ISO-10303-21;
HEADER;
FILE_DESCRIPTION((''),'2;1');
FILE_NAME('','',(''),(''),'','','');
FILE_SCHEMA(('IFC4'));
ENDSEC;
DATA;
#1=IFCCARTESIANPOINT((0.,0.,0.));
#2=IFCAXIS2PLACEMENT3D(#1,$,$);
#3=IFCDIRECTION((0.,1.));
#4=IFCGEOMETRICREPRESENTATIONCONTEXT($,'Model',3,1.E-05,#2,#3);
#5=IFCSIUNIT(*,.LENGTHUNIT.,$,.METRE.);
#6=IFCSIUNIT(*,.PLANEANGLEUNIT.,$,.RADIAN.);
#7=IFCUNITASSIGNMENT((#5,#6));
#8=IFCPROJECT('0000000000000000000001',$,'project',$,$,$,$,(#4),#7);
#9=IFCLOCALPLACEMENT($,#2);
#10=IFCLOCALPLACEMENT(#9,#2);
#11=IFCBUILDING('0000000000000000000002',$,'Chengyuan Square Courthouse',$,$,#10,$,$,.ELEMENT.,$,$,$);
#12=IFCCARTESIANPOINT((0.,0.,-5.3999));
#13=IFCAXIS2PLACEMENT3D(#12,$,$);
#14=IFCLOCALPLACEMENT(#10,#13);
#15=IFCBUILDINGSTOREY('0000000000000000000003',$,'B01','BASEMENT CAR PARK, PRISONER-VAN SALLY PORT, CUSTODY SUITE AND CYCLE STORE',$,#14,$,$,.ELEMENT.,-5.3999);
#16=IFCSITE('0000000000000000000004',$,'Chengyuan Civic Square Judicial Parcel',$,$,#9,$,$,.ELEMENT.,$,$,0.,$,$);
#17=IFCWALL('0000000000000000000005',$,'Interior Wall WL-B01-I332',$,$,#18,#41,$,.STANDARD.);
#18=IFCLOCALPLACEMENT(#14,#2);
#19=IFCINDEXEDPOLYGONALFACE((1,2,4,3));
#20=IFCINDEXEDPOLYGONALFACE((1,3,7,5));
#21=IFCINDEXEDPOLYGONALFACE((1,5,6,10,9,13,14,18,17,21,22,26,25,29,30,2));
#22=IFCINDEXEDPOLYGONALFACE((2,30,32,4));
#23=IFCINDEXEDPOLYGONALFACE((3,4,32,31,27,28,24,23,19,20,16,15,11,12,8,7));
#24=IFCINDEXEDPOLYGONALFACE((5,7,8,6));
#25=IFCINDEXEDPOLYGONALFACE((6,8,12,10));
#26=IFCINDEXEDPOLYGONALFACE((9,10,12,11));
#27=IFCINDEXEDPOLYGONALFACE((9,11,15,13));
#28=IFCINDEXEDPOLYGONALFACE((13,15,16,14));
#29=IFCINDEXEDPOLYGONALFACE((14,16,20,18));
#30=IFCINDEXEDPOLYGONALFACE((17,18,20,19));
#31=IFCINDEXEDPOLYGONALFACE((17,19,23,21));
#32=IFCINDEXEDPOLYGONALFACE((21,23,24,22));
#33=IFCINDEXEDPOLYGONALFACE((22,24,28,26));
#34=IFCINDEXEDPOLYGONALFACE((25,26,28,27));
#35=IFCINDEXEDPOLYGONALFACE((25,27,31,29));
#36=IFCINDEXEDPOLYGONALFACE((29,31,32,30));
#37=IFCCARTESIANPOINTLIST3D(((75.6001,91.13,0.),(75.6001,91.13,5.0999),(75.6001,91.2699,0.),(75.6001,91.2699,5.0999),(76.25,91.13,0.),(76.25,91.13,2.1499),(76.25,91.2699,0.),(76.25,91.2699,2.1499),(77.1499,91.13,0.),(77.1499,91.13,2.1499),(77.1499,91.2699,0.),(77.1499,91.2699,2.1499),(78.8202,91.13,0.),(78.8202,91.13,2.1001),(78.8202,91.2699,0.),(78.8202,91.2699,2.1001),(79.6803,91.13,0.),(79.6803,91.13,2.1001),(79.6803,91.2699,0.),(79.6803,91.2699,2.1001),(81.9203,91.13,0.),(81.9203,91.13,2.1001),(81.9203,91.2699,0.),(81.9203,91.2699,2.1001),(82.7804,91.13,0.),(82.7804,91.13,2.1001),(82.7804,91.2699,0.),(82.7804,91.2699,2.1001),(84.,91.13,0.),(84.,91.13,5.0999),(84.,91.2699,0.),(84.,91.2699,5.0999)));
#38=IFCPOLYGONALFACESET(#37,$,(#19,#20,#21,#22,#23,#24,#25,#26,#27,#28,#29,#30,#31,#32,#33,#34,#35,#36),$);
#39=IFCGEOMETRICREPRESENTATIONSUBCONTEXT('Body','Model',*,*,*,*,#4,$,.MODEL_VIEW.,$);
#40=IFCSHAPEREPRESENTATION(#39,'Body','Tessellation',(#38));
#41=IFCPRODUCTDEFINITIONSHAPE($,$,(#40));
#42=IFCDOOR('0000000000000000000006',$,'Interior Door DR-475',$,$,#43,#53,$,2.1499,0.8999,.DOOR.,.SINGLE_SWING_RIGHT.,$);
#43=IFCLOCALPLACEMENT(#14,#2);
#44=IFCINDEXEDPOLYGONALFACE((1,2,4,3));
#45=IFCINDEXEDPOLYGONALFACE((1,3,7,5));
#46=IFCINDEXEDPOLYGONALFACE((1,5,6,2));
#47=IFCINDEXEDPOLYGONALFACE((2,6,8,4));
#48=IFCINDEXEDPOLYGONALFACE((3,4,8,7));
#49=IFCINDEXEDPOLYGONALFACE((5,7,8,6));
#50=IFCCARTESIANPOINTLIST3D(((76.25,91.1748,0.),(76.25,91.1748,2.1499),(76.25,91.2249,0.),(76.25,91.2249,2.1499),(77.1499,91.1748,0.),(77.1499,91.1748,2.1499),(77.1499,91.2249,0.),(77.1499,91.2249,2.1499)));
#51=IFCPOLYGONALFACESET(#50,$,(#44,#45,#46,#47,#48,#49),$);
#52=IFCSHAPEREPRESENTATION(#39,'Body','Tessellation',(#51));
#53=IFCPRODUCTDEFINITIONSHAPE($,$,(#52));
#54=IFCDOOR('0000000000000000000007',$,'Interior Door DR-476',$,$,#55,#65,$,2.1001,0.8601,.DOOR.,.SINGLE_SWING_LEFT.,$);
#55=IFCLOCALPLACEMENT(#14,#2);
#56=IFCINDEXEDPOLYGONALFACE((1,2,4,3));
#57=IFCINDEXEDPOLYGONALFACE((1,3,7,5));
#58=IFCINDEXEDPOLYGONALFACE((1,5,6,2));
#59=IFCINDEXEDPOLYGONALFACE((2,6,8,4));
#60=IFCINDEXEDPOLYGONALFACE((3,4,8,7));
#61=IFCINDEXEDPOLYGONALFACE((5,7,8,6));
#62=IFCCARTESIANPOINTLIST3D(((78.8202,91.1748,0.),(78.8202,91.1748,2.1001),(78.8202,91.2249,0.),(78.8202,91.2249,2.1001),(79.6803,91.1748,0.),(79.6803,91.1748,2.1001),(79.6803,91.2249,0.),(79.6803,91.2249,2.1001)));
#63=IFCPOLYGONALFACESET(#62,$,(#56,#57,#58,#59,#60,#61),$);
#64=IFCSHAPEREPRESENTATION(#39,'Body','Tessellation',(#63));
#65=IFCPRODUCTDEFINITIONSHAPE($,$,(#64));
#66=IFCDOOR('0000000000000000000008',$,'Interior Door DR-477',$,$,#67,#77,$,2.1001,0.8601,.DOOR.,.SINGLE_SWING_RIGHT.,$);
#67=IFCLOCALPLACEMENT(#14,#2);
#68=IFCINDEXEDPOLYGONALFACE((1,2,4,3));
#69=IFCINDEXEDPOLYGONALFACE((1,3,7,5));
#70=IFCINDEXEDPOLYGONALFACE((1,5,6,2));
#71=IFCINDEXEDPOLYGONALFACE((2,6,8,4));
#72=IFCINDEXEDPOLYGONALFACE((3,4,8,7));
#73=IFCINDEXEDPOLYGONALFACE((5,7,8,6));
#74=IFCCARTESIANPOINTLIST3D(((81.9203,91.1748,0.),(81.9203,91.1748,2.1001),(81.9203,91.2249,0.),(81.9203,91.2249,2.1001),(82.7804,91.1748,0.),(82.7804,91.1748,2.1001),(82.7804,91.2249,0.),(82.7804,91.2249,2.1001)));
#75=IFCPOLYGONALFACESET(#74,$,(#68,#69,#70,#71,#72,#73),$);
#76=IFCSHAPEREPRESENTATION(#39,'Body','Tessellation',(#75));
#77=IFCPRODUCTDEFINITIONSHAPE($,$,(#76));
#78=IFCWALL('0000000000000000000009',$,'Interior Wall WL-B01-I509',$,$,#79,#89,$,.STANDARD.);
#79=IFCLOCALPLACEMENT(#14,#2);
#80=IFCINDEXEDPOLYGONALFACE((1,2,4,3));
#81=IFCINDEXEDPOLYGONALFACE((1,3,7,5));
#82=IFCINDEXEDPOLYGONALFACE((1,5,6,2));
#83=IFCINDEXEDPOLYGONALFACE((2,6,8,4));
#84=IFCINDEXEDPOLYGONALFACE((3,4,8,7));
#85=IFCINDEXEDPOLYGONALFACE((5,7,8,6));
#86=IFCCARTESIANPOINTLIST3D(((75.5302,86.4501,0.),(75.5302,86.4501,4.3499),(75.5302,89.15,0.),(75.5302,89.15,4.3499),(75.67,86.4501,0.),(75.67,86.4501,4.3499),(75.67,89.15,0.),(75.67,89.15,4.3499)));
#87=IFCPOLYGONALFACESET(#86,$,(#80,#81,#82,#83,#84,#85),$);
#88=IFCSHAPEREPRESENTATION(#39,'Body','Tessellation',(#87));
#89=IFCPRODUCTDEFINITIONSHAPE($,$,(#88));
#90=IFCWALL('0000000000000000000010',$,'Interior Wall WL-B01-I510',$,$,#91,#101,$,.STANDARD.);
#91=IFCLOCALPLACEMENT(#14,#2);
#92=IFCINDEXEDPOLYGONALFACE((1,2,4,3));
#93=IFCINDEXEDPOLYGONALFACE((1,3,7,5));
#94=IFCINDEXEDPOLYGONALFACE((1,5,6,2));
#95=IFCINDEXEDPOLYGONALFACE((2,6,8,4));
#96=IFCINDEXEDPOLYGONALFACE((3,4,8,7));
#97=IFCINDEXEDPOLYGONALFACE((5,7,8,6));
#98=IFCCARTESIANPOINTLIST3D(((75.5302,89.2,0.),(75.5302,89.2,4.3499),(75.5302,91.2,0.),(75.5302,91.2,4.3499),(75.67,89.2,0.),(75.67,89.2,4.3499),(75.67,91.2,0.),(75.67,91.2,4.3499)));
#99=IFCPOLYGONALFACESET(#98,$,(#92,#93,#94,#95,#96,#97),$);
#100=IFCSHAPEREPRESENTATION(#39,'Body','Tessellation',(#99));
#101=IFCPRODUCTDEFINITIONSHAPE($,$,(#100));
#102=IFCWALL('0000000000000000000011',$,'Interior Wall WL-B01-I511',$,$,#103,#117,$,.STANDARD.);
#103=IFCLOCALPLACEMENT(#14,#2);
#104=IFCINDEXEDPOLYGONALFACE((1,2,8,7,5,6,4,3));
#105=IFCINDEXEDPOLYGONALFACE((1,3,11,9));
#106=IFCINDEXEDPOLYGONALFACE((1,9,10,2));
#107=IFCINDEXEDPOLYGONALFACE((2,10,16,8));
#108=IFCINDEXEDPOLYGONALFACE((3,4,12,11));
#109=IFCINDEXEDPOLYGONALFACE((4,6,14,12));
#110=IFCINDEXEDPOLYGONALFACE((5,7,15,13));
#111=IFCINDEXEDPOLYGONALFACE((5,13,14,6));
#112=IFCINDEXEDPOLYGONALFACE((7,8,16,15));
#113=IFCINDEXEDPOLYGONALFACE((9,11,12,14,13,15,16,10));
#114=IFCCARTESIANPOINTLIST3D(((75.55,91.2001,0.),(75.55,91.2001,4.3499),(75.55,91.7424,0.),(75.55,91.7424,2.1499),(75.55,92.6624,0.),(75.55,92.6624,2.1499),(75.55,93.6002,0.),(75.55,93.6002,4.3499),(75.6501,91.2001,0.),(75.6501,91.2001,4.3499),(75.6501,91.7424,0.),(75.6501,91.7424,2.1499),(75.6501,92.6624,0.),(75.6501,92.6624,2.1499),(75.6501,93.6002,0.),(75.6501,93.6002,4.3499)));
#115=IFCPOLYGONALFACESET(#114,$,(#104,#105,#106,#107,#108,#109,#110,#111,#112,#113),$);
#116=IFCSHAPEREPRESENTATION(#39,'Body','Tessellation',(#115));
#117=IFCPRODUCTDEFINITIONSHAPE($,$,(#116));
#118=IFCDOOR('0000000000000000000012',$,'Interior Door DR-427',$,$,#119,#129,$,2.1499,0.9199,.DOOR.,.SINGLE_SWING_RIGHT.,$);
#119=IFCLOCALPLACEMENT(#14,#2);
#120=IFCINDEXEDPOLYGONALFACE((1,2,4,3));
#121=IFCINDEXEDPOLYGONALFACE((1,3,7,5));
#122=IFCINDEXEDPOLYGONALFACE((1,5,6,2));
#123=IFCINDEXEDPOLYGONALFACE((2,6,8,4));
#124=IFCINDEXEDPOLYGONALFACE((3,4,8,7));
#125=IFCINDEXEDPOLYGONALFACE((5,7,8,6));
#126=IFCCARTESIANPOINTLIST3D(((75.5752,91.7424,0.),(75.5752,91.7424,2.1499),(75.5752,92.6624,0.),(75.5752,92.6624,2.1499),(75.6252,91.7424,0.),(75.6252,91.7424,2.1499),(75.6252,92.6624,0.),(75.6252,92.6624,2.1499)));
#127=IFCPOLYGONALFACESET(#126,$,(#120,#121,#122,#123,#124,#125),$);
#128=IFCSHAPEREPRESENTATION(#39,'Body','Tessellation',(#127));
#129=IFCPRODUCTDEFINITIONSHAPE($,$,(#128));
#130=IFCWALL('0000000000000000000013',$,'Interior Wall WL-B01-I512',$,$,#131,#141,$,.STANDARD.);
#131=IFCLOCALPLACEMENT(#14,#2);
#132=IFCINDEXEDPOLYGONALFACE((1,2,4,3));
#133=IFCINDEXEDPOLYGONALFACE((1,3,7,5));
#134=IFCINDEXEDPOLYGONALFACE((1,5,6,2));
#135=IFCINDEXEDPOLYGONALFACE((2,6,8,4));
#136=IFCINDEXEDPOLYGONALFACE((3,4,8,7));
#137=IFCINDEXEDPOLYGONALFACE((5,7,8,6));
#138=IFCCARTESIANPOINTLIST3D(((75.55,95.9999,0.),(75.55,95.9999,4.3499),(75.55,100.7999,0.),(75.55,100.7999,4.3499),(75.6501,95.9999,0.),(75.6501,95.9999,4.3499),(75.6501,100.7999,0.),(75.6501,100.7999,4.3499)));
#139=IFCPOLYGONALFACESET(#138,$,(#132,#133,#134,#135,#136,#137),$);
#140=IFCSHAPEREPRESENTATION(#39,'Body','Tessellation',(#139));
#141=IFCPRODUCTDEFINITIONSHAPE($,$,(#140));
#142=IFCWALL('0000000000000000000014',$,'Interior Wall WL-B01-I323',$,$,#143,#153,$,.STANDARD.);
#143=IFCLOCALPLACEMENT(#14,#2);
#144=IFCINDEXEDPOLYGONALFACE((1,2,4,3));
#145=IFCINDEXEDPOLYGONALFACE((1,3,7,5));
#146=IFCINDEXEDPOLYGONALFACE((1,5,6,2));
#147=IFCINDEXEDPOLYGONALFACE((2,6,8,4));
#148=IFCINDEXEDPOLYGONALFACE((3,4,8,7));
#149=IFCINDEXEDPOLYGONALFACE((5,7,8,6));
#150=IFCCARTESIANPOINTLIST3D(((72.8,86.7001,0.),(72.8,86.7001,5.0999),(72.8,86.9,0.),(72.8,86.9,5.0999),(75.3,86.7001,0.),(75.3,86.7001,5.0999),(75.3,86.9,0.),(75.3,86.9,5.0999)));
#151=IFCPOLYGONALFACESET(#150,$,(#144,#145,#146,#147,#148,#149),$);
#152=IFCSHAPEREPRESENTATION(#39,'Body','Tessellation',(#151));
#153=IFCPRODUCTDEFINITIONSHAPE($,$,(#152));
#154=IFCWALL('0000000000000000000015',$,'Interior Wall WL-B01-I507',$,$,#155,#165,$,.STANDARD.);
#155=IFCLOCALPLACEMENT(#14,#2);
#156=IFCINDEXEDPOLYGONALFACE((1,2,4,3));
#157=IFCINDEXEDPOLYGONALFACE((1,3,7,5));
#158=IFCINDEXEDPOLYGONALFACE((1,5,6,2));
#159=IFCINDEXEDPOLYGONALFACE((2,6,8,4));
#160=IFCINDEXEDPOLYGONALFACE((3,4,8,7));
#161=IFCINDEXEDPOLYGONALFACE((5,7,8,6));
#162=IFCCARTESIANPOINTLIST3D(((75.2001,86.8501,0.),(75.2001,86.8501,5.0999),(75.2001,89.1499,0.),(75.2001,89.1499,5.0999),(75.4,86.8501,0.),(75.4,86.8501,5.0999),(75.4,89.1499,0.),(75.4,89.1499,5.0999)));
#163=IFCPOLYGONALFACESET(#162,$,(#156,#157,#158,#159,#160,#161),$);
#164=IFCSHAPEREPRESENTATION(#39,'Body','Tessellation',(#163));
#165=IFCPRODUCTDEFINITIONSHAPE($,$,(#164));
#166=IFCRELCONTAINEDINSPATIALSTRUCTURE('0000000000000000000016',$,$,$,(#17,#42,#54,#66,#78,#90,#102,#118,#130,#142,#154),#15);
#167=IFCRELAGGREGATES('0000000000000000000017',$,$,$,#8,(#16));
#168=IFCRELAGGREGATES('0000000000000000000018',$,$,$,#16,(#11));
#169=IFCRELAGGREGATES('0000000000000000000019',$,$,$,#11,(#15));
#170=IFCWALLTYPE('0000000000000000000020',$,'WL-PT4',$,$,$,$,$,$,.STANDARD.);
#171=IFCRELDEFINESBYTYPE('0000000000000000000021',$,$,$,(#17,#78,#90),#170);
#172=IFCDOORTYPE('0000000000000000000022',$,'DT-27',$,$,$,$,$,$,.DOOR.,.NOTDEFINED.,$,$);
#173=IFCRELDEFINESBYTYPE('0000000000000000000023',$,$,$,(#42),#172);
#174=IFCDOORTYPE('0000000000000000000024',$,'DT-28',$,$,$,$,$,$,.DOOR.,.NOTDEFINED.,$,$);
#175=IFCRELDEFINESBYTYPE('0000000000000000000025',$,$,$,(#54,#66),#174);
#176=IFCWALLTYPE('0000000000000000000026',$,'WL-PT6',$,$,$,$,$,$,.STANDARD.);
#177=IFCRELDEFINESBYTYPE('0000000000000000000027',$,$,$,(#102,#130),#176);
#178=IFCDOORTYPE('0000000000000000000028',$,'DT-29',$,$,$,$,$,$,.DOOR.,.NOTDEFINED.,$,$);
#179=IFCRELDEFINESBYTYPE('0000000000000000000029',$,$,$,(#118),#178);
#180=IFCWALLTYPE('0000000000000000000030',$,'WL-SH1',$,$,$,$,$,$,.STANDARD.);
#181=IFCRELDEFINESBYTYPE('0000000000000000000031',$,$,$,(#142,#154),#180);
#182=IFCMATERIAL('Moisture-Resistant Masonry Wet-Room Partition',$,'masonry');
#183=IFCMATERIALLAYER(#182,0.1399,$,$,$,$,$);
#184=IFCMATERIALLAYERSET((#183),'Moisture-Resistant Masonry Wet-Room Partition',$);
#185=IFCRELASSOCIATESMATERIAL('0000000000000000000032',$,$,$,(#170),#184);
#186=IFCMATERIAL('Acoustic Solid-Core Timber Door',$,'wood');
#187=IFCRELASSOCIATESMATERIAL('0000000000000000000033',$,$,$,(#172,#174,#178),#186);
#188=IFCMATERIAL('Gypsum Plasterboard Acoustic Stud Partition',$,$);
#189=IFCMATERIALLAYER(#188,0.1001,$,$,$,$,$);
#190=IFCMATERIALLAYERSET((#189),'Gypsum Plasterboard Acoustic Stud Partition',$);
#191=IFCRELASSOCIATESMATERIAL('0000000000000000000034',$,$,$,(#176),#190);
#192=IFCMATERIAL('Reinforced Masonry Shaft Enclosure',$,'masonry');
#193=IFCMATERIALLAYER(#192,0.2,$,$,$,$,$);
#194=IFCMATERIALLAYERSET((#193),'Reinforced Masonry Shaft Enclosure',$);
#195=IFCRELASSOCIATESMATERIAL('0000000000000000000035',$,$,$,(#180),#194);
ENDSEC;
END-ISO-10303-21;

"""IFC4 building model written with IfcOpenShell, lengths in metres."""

from ifc_helpers import new_model, si_unit, direction, frame, frame_2d, origin, place, context, subcontext, project, spatial, rectangle, extrude, material, layer, layer_set, type_object, element, fill, save


model = new_model("IFC4")

# Units and contexts
model_context = context("Model", 3, precision=1e-05, world=origin(), true_north=direction((0.0, 1.0)))
body_context = subcontext(model_context, "Body", "Model", "MODEL_VIEW")
ifc_project = project(units=[si_unit("LENGTHUNIT", "METRE"), si_unit("PLANEANGLEUNIT", "RADIAN")], contexts=[model_context])

# Site, building, storey
site_placement = place(None, origin())
site = spatial("IfcSite", under=ifc_project, at=site_placement, Name="Chengyuan Civic Square Judicial Parcel", CompositionType="ELEMENT", RefElevation=0.0)
building_placement = place(site_placement, origin())
building = spatial("IfcBuilding", under=site, at=building_placement, Name="Chengyuan Square Courthouse", CompositionType="ELEMENT")
storey_placement = place(building_placement, frame((0.0, 0.0, -5.3999)))
storey = spatial("IfcBuildingStorey", under=building, at=storey_placement, Name="B01", Description="BASEMENT CAR PARK, PRISONER-VAN SALLY PORT, CUSTODY SUITE AND CYCLE STORE", CompositionType="ELEMENT", Elevation=-5.3999)

# Wall, openings, doors
ifc_material_1 = material(Name="Moisture-Resistant Masonry Wet-Room Partition", Category="masonry")
ifc_layer_1 = layer(ifc_material_1, 0.1399)
ifc_layer_set_1 = layer_set([ifc_layer_1], Name="Moisture-Resistant Masonry Wet-Room Partition")
wall_type_1 = type_object("IfcWallType", Name="WL-PT4", PredefinedType="STANDARD", material=ifc_layer_set_1)
wall_1_placement = place(storey_placement, frame((75.6001, 91.2, 0.0), z_axis=(0.0, 0.0, 1.0), x_axis=(1.0, 0.0, 0.0)))
wall_1 = element("IfcWall", 1, at=wall_1_placement, inside=storey, type_object=wall_type_1, Name="Interior Wall WL-B01-I332", PredefinedType="STANDARD", context=body_context, shape_type="SweptSolid", body=[
    extrude(rectangle(XDim=8.3999, YDim=0.1399, at=frame_2d((4.2, 0.0))), origin(), (0.0, 0.0, 1.0), 5.0999),
])
opening_1_placement = place(wall_1_placement, frame((0.6499, 0.0, 0.0)))
opening_1 = element("IfcOpeningElement", 2, at=opening_1_placement, cuts=wall_1, PredefinedType="OPENING", context=body_context, shape_type="SweptSolid", body=[
    extrude(rectangle(XDim=0.8999, YDim=2.1499, at=frame_2d((0.45, 1.075))), frame((0.0, 0.082, 0.0), z_axis=(0.0, -1.0, 0.0), x_axis=(1.0, 0.0, 0.0)), (0.0, 0.0, 1.0), 0.1638),
])
opening_2_placement = place(wall_1_placement, frame((3.22, 0.0, 0.0)))
opening_2 = element("IfcOpeningElement", 3, at=opening_2_placement, cuts=wall_1, PredefinedType="OPENING", context=body_context, shape_type="SweptSolid", body=[
    extrude(rectangle(XDim=0.8601, YDim=2.1001, at=frame_2d((0.4302, 1.05))), frame((0.0, 0.082, 0.0), z_axis=(0.0, -1.0, 0.0), x_axis=(1.0, 0.0, 0.0)), (0.0, 0.0, 1.0), 0.1638),
])
opening_3_placement = place(wall_1_placement, frame((6.3201, 0.0, 0.0)))
opening_3 = element("IfcOpeningElement", 4, at=opening_3_placement, cuts=wall_1, PredefinedType="OPENING", context=body_context, shape_type="SweptSolid", body=[
    extrude(rectangle(XDim=0.8601, YDim=2.1001, at=frame_2d((0.4302, 1.05))), frame((0.0, 0.082, 0.0), z_axis=(0.0, -1.0, 0.0), x_axis=(1.0, 0.0, 0.0)), (0.0, 0.0, 1.0), 0.1638),
])
ifc_material_2 = material(Name="Acoustic Solid-Core Timber Door", Category="wood")
door_type_1 = type_object("IfcDoorType", Name="DT-27", OperationType="NOTDEFINED", PredefinedType="DOOR", material=ifc_material_2)
door_1_placement = place(opening_1_placement, origin())
door_1 = element("IfcDoor", 5, at=door_1_placement, inside=storey, type_object=door_type_1, Name="Interior Door DR-475", OperationType="SINGLE_SWING_RIGHT", OverallHeight=2.1499, OverallWidth=0.8999, PredefinedType="DOOR", context=body_context, shape_type="SweptSolid", body=[
    extrude(rectangle(XDim=0.8999, YDim=2.1499, at=frame_2d((0.45, 1.075))), frame((0.0, 0.0249, 0.0), z_axis=(0.0, -1.0, 0.0), x_axis=(1.0, 0.0, 0.0)), (0.0, 0.0, 1.0), 0.05),
])
fill(opening_1, door_1)
door_type_2 = type_object("IfcDoorType", Name="DT-28", OperationType="NOTDEFINED", PredefinedType="DOOR", material=ifc_material_2)
door_2_placement = place(opening_2_placement, origin())
door_2 = element("IfcDoor", 6, at=door_2_placement, inside=storey, type_object=door_type_2, Name="Interior Door DR-476", OperationType="SINGLE_SWING_LEFT", OverallHeight=2.1001, OverallWidth=0.8601, PredefinedType="DOOR", context=body_context, shape_type="SweptSolid", body=[
    extrude(rectangle(XDim=0.8601, YDim=2.1001, at=frame_2d((0.4302, 1.05))), frame((0.0, 0.0249, 0.0), z_axis=(0.0, -1.0, 0.0), x_axis=(1.0, 0.0, 0.0)), (0.0, 0.0, 1.0), 0.05),
])
fill(opening_2, door_2)
door_3_placement = place(opening_3_placement, origin())
door_3 = element("IfcDoor", 7, at=door_3_placement, inside=storey, type_object=door_type_2, Name="Interior Door DR-477", OperationType="SINGLE_SWING_RIGHT", OverallHeight=2.1001, OverallWidth=0.8601, PredefinedType="DOOR", context=body_context, shape_type="SweptSolid", body=[
    extrude(rectangle(XDim=0.8601, YDim=2.1001, at=frame_2d((0.4302, 1.05))), frame((0.0, 0.0249, 0.0), z_axis=(0.0, -1.0, 0.0), x_axis=(1.0, 0.0, 0.0)), (0.0, 0.0, 1.0), 0.05),
])
fill(opening_3, door_3)

# Walls
wall_2_placement = place(storey_placement, frame((75.6001, 86.45, 0.0), z_axis=(0.0, 0.0, 1.0), x_axis=(0.0, 1.0, 0.0)))
element("IfcWall", 8, at=wall_2_placement, inside=storey, type_object=wall_type_1, Name="Interior Wall WL-B01-I509", PredefinedType="STANDARD", context=body_context, shape_type="SweptSolid", body=[
    extrude(rectangle(XDim=2.7, YDim=0.1399, at=frame_2d((1.3501, 0.0))), origin(), (0.0, 0.0, 1.0), 4.3499),
])
wall_3_placement = place(storey_placement, frame((75.6001, 89.2, 0.0), z_axis=(0.0, 0.0, 1.0), x_axis=(0.0, 1.0, 0.0)))
element("IfcWall", 9, at=wall_3_placement, inside=storey, type_object=wall_type_1, Name="Interior Wall WL-B01-I510", PredefinedType="STANDARD", context=body_context, shape_type="SweptSolid", body=[
    extrude(rectangle(XDim=2.0, YDim=0.1399, at=frame_2d((1.0, 0.0))), origin(), (0.0, 0.0, 1.0), 4.3499),
])

# Wall, opening, door
ifc_material_3 = material(Name="Gypsum Plasterboard Acoustic Stud Partition")
ifc_layer_2 = layer(ifc_material_3, 0.1001)
ifc_layer_set_2 = layer_set([ifc_layer_2], Name="Gypsum Plasterboard Acoustic Stud Partition")
wall_type_2 = type_object("IfcWallType", Name="WL-PT6", PredefinedType="STANDARD", material=ifc_layer_set_2)
wall_4_placement = place(storey_placement, frame((75.6001, 91.2, 0.0), z_axis=(0.0, 0.0, 1.0), x_axis=(0.0, 1.0, 0.0)))
wall_4 = element("IfcWall", 10, at=wall_4_placement, inside=storey, type_object=wall_type_2, Name="Interior Wall WL-B01-I511", PredefinedType="STANDARD", context=body_context, shape_type="SweptSolid", body=[
    extrude(rectangle(XDim=2.4001, YDim=0.1001, at=frame_2d((1.2002, 0.0))), origin(), (0.0, 0.0, 1.0), 4.3499),
])
opening_4_placement = place(wall_4_placement, frame((0.5425, 0.0, 0.0)))
opening_4 = element("IfcOpeningElement", 11, at=opening_4_placement, cuts=wall_4, PredefinedType="OPENING", context=body_context, shape_type="SweptSolid", body=[
    extrude(rectangle(XDim=0.9199, YDim=2.1499, at=frame_2d((0.46, 1.075))), frame((0.0, 0.062, 0.0), z_axis=(0.0, -1.0, 0.0), x_axis=(1.0, 0.0, 0.0)), (0.0, 0.0, 1.0), 0.124),
])
door_type_3 = type_object("IfcDoorType", Name="DT-29", OperationType="NOTDEFINED", PredefinedType="DOOR", material=ifc_material_2)
door_4_placement = place(opening_4_placement, origin())
door_4 = element("IfcDoor", 12, at=door_4_placement, inside=storey, type_object=door_type_3, Name="Interior Door DR-427", OperationType="SINGLE_SWING_RIGHT", OverallHeight=2.1499, OverallWidth=0.9199, PredefinedType="DOOR", context=body_context, shape_type="SweptSolid", body=[
    extrude(rectangle(XDim=0.9199, YDim=2.1499, at=frame_2d((0.46, 1.075))), frame((0.0, 0.0249, 0.0), z_axis=(0.0, -1.0, 0.0), x_axis=(1.0, 0.0, 0.0)), (0.0, 0.0, 1.0), 0.05),
])
fill(opening_4, door_4)

# Walls
wall_5_placement = place(storey_placement, frame((75.6001, 96.0, 0.0), z_axis=(0.0, 0.0, 1.0), x_axis=(0.0, 1.0, 0.0)))
element("IfcWall", 13, at=wall_5_placement, inside=storey, type_object=wall_type_2, Name="Interior Wall WL-B01-I512", PredefinedType="STANDARD", context=body_context, shape_type="SweptSolid", body=[
    extrude(rectangle(XDim=4.8, YDim=0.1001, at=frame_2d((2.3999, 0.0))), origin(), (0.0, 0.0, 1.0), 4.3499),
])
ifc_material_4 = material(Name="Reinforced Masonry Shaft Enclosure", Category="masonry")
ifc_layer_3 = layer(ifc_material_4, 0.2)
ifc_layer_set_3 = layer_set([ifc_layer_3], Name="Reinforced Masonry Shaft Enclosure")
wall_type_3 = type_object("IfcWallType", Name="WL-SH1", PredefinedType="STANDARD", material=ifc_layer_set_3)
wall_6_placement = place(storey_placement, frame((72.8, 86.8, 0.0), z_axis=(0.0, 0.0, 1.0), x_axis=(1.0, 0.0, 0.0)))
element("IfcWall", 14, at=wall_6_placement, inside=storey, type_object=wall_type_3, Name="Interior Wall WL-B01-I323", PredefinedType="STANDARD", context=body_context, shape_type="SweptSolid", body=[
    extrude(rectangle(XDim=2.5, YDim=0.2, at=frame_2d((1.25, 0.0))), origin(), (0.0, 0.0, 1.0), 5.0999),
])
wall_7_placement = place(storey_placement, frame((75.3, 86.8501, 0.0), z_axis=(0.0, 0.0, 1.0), x_axis=(0.0, 1.0, 0.0)))
element("IfcWall", 15, at=wall_7_placement, inside=storey, type_object=wall_type_3, Name="Interior Wall WL-B01-I507", PredefinedType="STANDARD", context=body_context, shape_type="SweptSolid", body=[
    extrude(rectangle(XDim=2.2998, YDim=0.2, at=frame_2d((1.1499, 0.0))), origin(), (0.0, 0.0, 1.0), 5.0999),
])

save(model, "model.ifc")
